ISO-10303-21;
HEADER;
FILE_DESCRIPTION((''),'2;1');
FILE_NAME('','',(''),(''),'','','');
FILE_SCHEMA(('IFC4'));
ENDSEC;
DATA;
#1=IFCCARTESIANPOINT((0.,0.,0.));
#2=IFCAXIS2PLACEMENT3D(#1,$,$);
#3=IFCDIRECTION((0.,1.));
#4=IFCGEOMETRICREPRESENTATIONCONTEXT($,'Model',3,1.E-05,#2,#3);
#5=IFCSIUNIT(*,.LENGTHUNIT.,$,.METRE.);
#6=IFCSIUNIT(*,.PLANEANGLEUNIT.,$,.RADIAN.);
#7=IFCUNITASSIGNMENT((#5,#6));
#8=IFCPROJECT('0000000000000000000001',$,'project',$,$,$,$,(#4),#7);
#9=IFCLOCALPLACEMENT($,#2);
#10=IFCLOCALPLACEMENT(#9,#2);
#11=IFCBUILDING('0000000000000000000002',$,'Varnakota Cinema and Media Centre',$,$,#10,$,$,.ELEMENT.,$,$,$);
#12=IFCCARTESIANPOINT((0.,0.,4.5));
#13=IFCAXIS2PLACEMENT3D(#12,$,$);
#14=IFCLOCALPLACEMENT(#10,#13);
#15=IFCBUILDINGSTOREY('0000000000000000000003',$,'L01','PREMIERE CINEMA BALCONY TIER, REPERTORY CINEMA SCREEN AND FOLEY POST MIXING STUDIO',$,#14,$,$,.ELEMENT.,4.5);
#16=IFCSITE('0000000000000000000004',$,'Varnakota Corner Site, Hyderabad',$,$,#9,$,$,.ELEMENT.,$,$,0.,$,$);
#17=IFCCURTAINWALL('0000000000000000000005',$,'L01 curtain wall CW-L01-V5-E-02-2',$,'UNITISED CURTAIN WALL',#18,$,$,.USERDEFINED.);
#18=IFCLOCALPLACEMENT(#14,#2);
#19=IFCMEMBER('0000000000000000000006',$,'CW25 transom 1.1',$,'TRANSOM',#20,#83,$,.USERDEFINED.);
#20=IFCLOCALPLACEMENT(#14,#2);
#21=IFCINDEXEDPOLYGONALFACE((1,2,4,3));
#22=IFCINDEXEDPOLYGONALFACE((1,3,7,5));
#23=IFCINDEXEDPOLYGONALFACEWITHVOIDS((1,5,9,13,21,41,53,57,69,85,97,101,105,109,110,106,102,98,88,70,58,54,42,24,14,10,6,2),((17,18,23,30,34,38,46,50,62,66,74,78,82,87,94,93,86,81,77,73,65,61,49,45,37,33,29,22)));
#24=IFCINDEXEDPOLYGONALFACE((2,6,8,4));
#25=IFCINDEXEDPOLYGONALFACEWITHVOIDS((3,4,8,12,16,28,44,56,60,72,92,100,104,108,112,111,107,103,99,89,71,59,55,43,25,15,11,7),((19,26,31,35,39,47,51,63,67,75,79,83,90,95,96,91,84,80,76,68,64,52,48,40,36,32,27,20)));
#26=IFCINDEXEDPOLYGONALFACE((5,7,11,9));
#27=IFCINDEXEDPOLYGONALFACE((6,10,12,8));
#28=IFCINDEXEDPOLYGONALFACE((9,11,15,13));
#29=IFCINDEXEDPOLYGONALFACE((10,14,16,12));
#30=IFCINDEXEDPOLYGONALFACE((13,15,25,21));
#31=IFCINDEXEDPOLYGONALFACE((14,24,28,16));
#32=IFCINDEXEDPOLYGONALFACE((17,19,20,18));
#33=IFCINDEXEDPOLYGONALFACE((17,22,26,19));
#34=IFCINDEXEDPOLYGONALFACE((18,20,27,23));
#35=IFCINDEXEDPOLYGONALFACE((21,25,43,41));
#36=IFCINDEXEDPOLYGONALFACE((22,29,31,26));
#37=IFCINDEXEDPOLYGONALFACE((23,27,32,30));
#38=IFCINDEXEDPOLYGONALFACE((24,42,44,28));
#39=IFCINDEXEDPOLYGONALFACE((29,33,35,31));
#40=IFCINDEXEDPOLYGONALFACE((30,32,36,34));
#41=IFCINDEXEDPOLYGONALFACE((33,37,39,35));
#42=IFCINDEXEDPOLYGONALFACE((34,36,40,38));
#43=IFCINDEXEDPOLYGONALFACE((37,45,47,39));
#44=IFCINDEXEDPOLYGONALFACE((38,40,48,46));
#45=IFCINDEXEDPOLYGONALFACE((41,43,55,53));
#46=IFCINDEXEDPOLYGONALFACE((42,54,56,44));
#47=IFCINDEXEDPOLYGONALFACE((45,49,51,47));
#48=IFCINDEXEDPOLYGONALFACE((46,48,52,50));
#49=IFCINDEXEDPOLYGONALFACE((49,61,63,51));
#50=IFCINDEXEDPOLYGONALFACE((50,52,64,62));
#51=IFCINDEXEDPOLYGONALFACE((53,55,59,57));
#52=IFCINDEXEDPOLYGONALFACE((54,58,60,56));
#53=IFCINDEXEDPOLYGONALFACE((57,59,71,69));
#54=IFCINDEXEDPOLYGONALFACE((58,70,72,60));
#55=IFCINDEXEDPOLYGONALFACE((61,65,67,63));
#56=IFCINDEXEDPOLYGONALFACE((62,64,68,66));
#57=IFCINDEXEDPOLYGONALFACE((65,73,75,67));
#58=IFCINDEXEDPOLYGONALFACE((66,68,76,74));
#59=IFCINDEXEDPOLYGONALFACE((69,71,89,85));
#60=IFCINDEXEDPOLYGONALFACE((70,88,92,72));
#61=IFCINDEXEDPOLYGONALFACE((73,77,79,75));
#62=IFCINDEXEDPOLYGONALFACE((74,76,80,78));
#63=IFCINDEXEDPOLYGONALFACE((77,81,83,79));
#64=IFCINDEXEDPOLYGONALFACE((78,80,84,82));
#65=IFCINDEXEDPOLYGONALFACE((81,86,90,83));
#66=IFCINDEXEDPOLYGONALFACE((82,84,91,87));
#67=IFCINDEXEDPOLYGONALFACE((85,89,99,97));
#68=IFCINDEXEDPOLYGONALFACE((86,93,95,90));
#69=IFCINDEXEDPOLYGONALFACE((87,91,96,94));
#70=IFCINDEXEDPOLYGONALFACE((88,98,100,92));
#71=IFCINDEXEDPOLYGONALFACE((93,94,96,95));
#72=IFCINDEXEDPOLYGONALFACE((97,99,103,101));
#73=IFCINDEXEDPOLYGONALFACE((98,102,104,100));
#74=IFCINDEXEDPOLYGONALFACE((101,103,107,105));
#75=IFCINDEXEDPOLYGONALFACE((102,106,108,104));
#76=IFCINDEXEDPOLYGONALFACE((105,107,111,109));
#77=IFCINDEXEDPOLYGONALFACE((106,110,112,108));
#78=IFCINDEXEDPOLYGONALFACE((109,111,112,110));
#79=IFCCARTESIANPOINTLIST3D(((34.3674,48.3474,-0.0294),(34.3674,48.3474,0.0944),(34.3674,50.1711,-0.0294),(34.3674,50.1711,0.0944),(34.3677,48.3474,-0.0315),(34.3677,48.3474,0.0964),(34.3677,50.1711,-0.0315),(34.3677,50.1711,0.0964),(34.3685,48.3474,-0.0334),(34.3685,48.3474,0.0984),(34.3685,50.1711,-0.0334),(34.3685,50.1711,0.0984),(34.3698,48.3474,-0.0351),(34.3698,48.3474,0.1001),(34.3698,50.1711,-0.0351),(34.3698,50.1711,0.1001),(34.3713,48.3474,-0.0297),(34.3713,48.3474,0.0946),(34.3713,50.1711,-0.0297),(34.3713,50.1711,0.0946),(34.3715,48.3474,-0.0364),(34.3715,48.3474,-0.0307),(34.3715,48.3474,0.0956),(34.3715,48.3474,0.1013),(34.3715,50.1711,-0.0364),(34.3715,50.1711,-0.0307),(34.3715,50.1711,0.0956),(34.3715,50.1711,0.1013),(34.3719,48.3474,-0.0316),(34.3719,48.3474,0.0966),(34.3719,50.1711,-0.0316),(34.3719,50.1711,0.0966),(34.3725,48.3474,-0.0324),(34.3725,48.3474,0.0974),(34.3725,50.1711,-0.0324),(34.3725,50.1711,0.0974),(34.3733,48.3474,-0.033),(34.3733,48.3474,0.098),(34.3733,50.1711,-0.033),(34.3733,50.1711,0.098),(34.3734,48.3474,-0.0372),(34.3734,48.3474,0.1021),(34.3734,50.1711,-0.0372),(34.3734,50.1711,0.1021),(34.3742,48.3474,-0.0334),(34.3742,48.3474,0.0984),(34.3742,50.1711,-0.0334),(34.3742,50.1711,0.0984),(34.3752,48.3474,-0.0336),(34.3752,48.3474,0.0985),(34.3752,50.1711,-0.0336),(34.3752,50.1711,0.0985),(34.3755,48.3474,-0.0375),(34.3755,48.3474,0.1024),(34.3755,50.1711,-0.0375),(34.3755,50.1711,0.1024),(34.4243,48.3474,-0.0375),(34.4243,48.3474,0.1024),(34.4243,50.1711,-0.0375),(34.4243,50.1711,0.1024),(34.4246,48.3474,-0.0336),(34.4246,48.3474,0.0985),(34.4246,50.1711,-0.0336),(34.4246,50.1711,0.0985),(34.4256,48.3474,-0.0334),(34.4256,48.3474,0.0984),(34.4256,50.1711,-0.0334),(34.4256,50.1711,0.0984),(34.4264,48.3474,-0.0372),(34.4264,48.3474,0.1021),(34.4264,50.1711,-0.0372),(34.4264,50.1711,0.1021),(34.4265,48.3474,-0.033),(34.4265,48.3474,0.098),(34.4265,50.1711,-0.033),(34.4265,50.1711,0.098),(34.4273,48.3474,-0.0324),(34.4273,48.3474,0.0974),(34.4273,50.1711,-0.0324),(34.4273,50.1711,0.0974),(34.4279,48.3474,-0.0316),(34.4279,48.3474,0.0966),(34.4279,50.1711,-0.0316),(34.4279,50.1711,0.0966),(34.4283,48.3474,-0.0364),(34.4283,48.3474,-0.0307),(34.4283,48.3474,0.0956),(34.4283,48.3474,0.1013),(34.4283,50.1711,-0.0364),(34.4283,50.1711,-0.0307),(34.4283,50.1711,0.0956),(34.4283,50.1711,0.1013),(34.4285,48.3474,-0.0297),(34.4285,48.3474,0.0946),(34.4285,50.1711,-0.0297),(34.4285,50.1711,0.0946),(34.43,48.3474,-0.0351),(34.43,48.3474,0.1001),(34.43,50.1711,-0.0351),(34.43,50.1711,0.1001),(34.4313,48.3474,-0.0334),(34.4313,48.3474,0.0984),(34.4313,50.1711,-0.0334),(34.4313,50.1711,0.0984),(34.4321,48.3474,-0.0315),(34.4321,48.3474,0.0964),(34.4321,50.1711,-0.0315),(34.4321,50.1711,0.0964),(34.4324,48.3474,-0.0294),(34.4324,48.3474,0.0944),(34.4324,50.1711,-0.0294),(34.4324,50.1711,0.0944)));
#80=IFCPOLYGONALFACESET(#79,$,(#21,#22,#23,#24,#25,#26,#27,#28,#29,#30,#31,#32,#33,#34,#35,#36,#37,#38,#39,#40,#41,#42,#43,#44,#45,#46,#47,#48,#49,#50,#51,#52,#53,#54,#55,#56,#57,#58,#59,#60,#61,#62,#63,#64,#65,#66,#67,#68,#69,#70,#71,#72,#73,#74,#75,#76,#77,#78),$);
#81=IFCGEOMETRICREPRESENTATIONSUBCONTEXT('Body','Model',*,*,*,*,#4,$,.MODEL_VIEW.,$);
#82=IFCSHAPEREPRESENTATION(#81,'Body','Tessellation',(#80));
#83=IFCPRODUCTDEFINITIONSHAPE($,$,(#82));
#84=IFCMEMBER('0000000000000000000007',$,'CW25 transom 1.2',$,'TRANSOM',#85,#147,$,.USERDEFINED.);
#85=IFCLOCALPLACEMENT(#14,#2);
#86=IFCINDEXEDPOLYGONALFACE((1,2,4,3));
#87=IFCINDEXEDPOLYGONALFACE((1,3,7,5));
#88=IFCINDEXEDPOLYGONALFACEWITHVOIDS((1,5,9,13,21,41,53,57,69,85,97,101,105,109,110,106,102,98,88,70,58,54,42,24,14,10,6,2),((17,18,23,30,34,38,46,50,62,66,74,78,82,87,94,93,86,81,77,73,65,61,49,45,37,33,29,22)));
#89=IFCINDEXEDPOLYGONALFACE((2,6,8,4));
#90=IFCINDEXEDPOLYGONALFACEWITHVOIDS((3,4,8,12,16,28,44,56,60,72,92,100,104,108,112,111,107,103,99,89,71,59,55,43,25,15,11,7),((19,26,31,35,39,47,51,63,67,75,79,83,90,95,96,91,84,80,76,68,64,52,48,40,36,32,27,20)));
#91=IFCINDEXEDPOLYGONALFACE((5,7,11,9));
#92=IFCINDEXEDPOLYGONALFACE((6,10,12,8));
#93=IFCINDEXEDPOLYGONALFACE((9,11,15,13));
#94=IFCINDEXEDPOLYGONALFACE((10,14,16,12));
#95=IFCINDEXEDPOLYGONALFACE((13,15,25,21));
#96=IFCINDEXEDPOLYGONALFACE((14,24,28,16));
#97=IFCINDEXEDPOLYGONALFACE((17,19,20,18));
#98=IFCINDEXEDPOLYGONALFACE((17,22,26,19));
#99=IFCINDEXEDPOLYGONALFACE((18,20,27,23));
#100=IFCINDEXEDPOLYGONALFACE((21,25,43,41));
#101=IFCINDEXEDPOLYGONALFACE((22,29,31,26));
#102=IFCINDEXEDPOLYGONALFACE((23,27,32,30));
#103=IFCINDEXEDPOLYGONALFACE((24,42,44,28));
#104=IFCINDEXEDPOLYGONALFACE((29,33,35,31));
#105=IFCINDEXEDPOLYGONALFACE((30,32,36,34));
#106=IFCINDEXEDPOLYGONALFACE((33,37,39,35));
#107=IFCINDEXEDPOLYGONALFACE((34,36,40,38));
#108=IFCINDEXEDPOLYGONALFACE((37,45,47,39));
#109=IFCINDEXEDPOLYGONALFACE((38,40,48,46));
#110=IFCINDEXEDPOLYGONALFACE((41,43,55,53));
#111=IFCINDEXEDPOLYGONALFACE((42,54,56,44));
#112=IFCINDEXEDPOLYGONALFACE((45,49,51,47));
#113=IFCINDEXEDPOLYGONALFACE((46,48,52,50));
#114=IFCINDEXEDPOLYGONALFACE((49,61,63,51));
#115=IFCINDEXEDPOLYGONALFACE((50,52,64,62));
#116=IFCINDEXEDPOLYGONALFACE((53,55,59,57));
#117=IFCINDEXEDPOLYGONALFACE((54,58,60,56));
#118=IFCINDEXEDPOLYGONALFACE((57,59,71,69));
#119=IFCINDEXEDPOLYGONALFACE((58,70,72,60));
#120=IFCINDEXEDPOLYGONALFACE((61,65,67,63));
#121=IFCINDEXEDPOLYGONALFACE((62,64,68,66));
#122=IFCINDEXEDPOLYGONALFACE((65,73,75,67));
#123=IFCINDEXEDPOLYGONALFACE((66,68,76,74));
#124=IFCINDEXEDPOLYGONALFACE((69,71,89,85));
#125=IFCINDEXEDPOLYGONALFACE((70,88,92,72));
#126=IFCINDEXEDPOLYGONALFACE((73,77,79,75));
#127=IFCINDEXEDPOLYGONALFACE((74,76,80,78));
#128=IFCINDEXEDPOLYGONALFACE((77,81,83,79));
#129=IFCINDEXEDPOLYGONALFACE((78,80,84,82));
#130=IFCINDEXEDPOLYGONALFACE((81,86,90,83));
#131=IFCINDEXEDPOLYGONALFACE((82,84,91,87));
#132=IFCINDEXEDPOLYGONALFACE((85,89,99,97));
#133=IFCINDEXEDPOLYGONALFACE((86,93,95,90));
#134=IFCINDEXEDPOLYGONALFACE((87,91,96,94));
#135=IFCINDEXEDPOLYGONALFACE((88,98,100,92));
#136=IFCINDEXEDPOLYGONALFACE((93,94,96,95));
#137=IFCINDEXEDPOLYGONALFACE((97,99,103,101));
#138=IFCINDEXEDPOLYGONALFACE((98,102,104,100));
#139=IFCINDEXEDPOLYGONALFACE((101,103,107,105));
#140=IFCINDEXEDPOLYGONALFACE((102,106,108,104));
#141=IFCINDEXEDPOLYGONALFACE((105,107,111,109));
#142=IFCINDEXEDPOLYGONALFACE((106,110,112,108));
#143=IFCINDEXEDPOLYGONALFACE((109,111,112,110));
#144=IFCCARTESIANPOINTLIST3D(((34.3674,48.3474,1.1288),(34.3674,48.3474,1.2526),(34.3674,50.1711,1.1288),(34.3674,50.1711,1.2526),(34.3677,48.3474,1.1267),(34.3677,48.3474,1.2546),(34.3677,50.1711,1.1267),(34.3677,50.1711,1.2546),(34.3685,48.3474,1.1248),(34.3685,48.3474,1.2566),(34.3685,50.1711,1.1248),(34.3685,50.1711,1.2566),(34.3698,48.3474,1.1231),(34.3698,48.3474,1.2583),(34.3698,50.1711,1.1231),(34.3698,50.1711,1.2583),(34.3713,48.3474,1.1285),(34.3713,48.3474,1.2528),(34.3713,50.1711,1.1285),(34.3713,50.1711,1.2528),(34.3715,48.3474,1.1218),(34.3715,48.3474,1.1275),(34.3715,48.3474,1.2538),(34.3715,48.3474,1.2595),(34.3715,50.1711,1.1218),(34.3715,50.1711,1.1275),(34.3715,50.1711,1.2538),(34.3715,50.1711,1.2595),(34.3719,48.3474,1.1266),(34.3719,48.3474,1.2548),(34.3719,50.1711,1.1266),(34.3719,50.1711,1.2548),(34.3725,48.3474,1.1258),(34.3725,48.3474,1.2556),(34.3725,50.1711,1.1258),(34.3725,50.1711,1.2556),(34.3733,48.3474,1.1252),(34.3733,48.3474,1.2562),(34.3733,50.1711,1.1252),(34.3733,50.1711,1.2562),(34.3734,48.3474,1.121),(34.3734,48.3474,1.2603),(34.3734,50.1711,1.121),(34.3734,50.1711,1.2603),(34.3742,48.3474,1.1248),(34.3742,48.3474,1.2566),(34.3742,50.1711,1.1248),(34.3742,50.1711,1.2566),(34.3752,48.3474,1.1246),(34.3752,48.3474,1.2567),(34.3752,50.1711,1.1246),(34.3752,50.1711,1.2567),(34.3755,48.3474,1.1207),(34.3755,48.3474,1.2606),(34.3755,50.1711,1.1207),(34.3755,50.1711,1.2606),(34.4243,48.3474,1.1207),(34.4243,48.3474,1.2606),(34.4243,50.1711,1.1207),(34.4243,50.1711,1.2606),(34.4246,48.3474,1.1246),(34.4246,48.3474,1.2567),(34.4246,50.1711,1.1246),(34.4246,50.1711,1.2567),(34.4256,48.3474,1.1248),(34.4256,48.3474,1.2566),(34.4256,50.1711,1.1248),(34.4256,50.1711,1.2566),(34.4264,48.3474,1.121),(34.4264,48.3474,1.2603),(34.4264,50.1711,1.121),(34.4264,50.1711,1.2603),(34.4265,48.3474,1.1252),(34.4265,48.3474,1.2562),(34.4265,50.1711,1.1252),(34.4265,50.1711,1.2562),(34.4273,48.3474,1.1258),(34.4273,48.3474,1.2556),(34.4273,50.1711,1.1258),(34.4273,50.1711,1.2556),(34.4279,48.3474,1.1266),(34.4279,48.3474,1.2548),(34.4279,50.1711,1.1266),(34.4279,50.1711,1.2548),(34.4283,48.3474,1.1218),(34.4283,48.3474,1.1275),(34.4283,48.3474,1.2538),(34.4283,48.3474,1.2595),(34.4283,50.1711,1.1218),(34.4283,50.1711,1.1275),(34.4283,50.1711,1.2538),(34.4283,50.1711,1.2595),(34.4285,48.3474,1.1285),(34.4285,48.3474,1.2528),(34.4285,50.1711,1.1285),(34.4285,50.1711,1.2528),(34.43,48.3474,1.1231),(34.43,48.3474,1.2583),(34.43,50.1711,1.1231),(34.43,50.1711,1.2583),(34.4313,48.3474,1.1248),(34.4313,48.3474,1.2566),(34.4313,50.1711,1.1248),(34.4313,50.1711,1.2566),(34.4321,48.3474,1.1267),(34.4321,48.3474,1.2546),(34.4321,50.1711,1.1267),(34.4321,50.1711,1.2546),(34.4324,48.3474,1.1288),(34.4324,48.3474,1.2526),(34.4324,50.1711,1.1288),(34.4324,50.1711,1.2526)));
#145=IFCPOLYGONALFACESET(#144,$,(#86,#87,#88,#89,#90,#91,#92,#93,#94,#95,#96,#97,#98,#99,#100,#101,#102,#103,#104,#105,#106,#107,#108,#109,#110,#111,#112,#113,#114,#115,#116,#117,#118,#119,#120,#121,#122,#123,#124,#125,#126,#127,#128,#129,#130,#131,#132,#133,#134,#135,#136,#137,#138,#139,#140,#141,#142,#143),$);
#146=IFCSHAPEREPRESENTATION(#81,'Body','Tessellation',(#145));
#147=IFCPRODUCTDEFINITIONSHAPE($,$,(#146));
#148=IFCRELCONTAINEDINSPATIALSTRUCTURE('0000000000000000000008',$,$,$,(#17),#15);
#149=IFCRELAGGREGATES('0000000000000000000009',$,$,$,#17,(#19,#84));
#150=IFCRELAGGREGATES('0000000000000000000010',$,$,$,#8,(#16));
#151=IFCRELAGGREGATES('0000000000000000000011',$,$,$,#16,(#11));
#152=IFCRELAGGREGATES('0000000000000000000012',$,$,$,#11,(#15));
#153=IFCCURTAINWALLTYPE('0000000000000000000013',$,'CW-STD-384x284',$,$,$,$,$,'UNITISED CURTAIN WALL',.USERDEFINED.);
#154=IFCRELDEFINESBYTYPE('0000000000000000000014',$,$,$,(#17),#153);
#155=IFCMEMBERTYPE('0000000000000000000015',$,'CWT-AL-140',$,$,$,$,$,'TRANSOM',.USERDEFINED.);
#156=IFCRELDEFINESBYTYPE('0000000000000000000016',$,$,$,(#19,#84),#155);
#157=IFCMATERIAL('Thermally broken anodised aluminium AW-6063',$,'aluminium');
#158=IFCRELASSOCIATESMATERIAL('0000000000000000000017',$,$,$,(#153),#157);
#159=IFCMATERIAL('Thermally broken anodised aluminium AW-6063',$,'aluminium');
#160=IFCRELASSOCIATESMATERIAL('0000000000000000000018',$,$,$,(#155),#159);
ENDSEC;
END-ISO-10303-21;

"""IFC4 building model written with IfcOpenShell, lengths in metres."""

from ifc_helpers import new_model, si_unit, direction, frame, origin, origin_2d, place, context, subcontext, project, spatial, hollow_rectangle, extrude, material, material_profile, profile_set, type_object, element, aggregate, save


model = new_model("IFC4")

# Units and contexts
model_context = context("Model", 3, precision=1e-05, world=origin(), true_north=direction((0.0, 1.0)))
body_context = subcontext(model_context, "Body", "Model", "MODEL_VIEW")
ifc_project = project(units=[si_unit("LENGTHUNIT", "METRE"), si_unit("PLANEANGLEUNIT", "RADIAN")], contexts=[model_context])

# Site, building, storey
site_placement = place(None, origin())
site = spatial("IfcSite", under=ifc_project, at=site_placement, Name="Varnakota Corner Site, Hyderabad", CompositionType="ELEMENT", RefElevation=0.0)
building_placement = place(site_placement, origin())
building = spatial("IfcBuilding", under=site, at=building_placement, Name="Varnakota Cinema and Media Centre", CompositionType="ELEMENT")
storey_placement = place(building_placement, frame((0.0, 0.0, 4.5)))
storey = spatial("IfcBuildingStorey", under=building, at=storey_placement, Name="L01", Description="PREMIERE CINEMA BALCONY TIER, REPERTORY CINEMA SCREEN AND FOLEY POST MIXING STUDIO", CompositionType="ELEMENT", Elevation=4.5)

# Curtain wall
ifc_material_1 = material(Name="Thermally broken anodised aluminium AW-6063", Category="aluminium")
curtain_wall_type = type_object("IfcCurtainWallType", Name="CW-STD-384x284", ElementType="UNITISED CURTAIN WALL", PredefinedType="USERDEFINED", material=ifc_material_1)
curtain_wall_1_placement = place(storey_placement, origin())
curtain_wall_1 = element("IfcCurtainWall", 1, at=curtain_wall_1_placement, inside=storey, type_object=curtain_wall_type, Name="L01 curtain wall CW-L01-V5-E-02-2", ObjectType="UNITISED CURTAIN WALL", PredefinedType="USERDEFINED")

# Members
ifc_material_2 = material(Name="Thermally broken anodised aluminium AW-6063", Category="aluminium")
ifc_material_profile_1 = material_profile(ifc_material_2, hollow_rectangle(XDim=0.0649, YDim=0.1399, WallThickness=0.0039, InnerFilletRadius=0.0039, OuterFilletRadius=0.0081, at=origin_2d()), Name="AL-TRANSOM 140x65x4")
ifc_profile_set_1 = profile_set([ifc_material_profile_1], Name="Thermally broken anodised aluminium AW-6063")
member_type_1 = type_object("IfcMemberType", Name="CWT-AL-140", ElementType="TRANSOM", PredefinedType="USERDEFINED", material=ifc_profile_set_1)
member_1_placement = place(storey_placement, frame((34.3999, 48.3474, 0.0325), z_axis=(0.0, 1.0, 0.0), x_axis=(-1.0, 0.0, 0.0)))
member_1 = element("IfcMember", 2, at=member_1_placement, type_object=member_type_1, Name="CW25 transom 1.1", ObjectType="TRANSOM", PredefinedType="USERDEFINED", context=body_context, shape_type="SweptSolid", body=[
    extrude(hollow_rectangle(XDim=0.0649, YDim=0.1399, WallThickness=0.0039, InnerFilletRadius=0.0039, OuterFilletRadius=0.0081, at=origin_2d()), origin(), (0.0, 0.0, 1.0), 1.8237),
])
member_2_placement = place(storey_placement, frame((34.3999, 48.3474, 1.1907), z_axis=(0.0, 1.0, 0.0), x_axis=(-1.0, 0.0, 0.0)))
member_2 = element("IfcMember", 3, at=member_2_placement, type_object=member_type_1, Name="CW25 transom 1.2", ObjectType="TRANSOM", PredefinedType="USERDEFINED", context=body_context, shape_type="SweptSolid", body=[
    extrude(hollow_rectangle(XDim=0.0649, YDim=0.1399, WallThickness=0.0039, InnerFilletRadius=0.0039, OuterFilletRadius=0.0081, at=origin_2d()), origin(), (0.0, 0.0, 1.0), 1.8237),
])

aggregate(curtain_wall_1, [member_1, member_2])

save(model, "model.ifc")
